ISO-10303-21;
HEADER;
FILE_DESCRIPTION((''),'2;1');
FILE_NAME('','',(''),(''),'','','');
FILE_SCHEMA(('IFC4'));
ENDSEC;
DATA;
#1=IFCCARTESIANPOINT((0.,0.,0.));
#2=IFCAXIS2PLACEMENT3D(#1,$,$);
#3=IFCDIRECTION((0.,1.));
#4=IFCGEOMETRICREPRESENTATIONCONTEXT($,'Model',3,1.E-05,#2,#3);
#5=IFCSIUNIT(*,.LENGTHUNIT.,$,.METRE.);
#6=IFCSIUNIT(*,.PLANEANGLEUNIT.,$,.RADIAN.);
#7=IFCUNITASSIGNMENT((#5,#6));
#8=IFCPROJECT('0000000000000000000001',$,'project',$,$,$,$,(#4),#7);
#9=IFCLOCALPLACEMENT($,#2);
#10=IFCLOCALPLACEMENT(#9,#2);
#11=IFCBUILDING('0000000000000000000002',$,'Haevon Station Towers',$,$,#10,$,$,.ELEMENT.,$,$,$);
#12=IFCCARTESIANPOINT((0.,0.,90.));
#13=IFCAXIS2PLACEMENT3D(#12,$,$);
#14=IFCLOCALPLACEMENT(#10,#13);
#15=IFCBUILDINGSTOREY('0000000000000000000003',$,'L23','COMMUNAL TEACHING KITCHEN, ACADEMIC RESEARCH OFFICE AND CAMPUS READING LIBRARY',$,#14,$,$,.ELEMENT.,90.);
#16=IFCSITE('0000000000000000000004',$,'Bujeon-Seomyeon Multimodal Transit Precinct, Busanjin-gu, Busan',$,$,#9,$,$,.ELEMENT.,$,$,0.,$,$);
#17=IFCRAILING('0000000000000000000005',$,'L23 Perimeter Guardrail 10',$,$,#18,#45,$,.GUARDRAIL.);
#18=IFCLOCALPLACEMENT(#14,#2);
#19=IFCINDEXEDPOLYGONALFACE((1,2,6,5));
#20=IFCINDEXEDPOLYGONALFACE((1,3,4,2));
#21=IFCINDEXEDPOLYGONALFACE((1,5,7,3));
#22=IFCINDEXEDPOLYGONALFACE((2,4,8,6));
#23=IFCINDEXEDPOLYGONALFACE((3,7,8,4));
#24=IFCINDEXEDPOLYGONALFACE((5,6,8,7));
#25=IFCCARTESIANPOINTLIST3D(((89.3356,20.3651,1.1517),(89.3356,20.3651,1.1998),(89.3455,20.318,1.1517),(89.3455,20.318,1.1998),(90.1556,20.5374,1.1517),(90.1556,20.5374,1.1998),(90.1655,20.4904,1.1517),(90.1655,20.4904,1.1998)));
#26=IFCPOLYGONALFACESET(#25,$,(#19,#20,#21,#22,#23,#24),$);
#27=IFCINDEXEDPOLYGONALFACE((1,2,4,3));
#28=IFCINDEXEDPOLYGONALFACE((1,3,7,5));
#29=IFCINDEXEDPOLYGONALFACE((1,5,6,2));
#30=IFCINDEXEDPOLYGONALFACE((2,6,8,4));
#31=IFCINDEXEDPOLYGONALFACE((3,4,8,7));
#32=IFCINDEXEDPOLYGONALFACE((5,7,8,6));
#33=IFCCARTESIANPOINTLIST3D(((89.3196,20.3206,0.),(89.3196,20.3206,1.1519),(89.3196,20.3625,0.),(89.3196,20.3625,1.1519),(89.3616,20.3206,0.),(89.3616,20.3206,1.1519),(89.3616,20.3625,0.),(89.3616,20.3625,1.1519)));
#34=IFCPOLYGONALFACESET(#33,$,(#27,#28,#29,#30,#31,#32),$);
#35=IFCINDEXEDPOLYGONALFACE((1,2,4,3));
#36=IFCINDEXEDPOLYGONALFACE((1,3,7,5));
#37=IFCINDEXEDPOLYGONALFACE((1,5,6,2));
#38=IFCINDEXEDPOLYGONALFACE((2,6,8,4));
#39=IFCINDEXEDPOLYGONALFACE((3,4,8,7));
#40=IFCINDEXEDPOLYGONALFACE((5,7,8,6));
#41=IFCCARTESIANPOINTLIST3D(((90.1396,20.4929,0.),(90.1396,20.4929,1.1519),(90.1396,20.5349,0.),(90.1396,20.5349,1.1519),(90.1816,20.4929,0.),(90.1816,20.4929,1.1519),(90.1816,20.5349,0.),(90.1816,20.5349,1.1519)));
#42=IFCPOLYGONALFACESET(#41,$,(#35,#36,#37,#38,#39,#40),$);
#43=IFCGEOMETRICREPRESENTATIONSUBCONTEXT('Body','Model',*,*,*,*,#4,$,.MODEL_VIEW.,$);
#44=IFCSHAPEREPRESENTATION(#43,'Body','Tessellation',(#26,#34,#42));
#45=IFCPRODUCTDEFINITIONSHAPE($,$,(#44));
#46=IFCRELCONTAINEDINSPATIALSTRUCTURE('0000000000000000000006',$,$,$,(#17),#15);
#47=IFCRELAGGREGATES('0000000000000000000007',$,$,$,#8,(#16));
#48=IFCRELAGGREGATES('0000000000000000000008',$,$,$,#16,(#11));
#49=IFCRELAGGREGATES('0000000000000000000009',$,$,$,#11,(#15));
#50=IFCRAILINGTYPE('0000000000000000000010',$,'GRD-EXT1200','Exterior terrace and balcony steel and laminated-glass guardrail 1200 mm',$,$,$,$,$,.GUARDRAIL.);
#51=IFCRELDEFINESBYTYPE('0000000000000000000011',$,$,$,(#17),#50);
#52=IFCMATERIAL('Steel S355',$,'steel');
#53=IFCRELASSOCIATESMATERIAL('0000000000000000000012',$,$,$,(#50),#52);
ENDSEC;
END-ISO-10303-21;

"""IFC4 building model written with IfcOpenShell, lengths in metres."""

from ifc_helpers import new_model, si_unit, direction, frame, origin, origin_2d, place, context, subcontext, project, spatial, rectangle, extrude, material, type_object, element, save


model = new_model("IFC4")

# Units and contexts
model_context = context("Model", 3, precision=1e-05, world=origin(), true_north=direction((0.0, 1.0)))
body_context = subcontext(model_context, "Body", "Model", "MODEL_VIEW")
ifc_project = project(units=[si_unit("LENGTHUNIT", "METRE"), si_unit("PLANEANGLEUNIT", "RADIAN")], contexts=[model_context])

# Site, building, storey
site_placement = place(None, origin())
site = spatial("IfcSite", under=ifc_project, at=site_placement, Name="Bujeon-Seomyeon Multimodal Transit Precinct, Busanjin-gu, Busan", CompositionType="ELEMENT", RefElevation=0.0)
building_placement = place(site_placement, origin())
building = spatial("IfcBuilding", under=site, at=building_placement, Name="Haevon Station Towers", CompositionType="ELEMENT")
storey_placement = place(building_placement, frame((0.0, 0.0, 90.0)))
storey = spatial("IfcBuildingStorey", under=building, at=storey_placement, Name="L23", Description="COMMUNAL TEACHING KITCHEN, ACADEMIC RESEARCH OFFICE AND CAMPUS READING LIBRARY", CompositionType="ELEMENT", Elevation=90.0)

# Railing
ifc_material_1 = material(Name="Steel S355", Category="steel")
railing_type = type_object("IfcRailingType", Name="GRD-EXT1200", Description="Exterior terrace and balcony steel and laminated-glass guardrail 1200 mm", PredefinedType="GUARDRAIL", material=ifc_material_1)
railing_1_placement = place(storey_placement, frame((89.3406, 20.3416, 0.0)))
element("IfcRailing", 1, at=railing_1_placement, inside=storey, type_object=railing_type, Name="L23 Perimeter Guardrail 10", PredefinedType="GUARDRAIL", context=body_context, shape_type="SweptSolid", body=[
    extrude(rectangle(XDim=0.0481, YDim=0.0481, at=origin_2d()), frame((0.0, 0.0, 1.1758), z_axis=(0.978618, 0.205687, 0.0), x_axis=(-0.205687, 0.978618, 0.0)), (0.0, 0.0, 1.0), 0.8379),
    extrude(rectangle(XDim=0.042, YDim=0.042, at=origin_2d()), origin(), (0.0, 0.0, 1.0), 1.1519),
    extrude(rectangle(XDim=0.042, YDim=0.042, at=origin_2d()), frame((0.8201, 0.1724, 0.0)), (0.0, 0.0, 1.0), 1.1519),
])

save(model, "model.ifc")
